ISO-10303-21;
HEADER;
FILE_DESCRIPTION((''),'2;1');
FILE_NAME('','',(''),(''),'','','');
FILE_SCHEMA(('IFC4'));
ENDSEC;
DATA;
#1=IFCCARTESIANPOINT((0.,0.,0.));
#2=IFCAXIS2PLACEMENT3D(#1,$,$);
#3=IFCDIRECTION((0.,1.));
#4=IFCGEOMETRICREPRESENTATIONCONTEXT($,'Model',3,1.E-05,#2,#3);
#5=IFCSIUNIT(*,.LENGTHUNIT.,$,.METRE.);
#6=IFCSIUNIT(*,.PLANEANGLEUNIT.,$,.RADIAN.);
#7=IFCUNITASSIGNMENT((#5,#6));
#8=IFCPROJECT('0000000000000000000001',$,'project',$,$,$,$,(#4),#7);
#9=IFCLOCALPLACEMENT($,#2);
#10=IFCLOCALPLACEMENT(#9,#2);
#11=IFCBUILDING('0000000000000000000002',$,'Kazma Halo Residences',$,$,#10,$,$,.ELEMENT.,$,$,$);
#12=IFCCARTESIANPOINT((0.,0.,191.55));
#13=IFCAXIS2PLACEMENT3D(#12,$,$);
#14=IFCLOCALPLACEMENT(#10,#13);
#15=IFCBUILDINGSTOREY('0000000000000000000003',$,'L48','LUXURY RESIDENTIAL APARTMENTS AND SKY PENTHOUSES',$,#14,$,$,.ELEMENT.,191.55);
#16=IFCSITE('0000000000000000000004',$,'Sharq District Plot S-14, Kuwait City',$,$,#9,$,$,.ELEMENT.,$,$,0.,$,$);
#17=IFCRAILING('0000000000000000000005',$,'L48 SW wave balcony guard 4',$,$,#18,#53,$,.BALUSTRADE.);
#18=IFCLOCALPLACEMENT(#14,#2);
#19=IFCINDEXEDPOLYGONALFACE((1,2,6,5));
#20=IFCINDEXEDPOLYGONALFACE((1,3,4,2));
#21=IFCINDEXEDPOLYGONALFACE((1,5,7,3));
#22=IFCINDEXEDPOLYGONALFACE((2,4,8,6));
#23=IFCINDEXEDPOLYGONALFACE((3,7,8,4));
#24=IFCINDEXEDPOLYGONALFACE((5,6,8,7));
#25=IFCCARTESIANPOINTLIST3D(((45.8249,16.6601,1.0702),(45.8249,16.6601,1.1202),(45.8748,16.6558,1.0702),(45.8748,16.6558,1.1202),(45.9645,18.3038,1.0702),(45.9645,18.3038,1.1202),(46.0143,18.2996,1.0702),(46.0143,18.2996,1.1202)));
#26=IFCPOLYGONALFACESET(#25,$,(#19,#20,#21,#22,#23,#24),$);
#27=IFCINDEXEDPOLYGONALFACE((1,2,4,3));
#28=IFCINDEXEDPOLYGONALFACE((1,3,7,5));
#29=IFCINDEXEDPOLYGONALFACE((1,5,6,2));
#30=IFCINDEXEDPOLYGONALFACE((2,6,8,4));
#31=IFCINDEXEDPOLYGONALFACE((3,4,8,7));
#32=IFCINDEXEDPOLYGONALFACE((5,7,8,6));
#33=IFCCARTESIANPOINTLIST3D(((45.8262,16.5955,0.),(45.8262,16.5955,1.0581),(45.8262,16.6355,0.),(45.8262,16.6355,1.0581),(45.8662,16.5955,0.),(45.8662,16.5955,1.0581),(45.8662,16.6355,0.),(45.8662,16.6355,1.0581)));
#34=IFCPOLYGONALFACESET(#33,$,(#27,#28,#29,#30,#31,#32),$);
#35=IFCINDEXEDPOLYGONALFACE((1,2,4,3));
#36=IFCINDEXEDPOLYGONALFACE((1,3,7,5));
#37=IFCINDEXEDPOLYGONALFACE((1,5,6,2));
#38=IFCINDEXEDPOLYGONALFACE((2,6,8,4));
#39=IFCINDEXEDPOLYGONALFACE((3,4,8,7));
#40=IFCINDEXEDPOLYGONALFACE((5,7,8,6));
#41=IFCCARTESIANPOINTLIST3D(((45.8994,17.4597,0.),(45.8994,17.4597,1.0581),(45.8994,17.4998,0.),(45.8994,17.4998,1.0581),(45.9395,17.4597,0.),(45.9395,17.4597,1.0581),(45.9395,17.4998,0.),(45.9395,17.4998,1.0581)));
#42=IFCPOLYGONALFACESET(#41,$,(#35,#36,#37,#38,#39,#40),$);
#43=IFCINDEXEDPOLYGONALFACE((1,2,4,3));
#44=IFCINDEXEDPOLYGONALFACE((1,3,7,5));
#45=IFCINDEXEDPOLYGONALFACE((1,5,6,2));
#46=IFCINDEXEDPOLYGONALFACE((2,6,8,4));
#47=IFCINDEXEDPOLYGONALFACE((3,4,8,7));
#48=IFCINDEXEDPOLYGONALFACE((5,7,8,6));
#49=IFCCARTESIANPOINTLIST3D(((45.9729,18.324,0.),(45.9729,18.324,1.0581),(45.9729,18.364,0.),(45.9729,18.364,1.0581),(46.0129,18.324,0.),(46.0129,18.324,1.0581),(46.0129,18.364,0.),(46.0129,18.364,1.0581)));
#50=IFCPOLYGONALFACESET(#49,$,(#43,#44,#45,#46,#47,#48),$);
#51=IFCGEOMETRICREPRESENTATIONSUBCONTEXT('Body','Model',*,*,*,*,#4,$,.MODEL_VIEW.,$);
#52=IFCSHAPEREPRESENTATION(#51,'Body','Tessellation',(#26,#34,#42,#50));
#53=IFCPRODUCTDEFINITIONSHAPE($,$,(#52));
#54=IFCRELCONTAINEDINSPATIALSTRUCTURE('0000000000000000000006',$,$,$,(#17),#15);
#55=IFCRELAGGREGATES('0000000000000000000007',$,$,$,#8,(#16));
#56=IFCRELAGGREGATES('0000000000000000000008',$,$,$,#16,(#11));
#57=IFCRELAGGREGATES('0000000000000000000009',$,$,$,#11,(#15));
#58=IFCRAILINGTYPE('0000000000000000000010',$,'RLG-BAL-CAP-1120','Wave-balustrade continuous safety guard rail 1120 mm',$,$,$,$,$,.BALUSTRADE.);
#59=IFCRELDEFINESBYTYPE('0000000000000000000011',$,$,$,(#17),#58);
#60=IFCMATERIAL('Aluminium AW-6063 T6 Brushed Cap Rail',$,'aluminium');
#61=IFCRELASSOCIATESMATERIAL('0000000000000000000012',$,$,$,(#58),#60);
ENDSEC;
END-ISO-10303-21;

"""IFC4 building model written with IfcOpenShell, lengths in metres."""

from ifc_helpers import new_model, si_unit, direction, frame, origin, origin_2d, place, context, subcontext, project, spatial, rectangle, extrude, material, type_object, element, save


model = new_model("IFC4")

# Units and contexts
model_context = context("Model", 3, precision=1e-05, world=origin(), true_north=direction((0.0, 1.0)))
body_context = subcontext(model_context, "Body", "Model", "MODEL_VIEW")
ifc_project = project(units=[si_unit("LENGTHUNIT", "METRE"), si_unit("PLANEANGLEUNIT", "RADIAN")], contexts=[model_context])

# Site, building, storey
site_placement = place(None, origin())
site = spatial("IfcSite", under=ifc_project, at=site_placement, Name="Sharq District Plot S-14, Kuwait City", CompositionType="ELEMENT", RefElevation=0.0)
building_placement = place(site_placement, origin())
building = spatial("IfcBuilding", under=site, at=building_placement, Name="Kazma Halo Residences", CompositionType="ELEMENT")
storey_placement = place(building_placement, frame((0.0, 0.0, 191.55)))
storey = spatial("IfcBuildingStorey", under=building, at=storey_placement, Name="L48", Description="LUXURY RESIDENTIAL APARTMENTS AND SKY PENTHOUSES", CompositionType="ELEMENT", Elevation=191.55)

# Railing
ifc_material_1 = material(Name="Aluminium AW-6063 T6 Brushed Cap Rail", Category="aluminium")
railing_type = type_object("IfcRailingType", Name="RLG-BAL-CAP-1120", Description="Wave-balustrade continuous safety guard rail 1120 mm", PredefinedType="BALUSTRADE", material=ifc_material_1)
railing_1_placement = place(storey_placement, frame((45.8462, 16.6155, 0.0)))
element("IfcRailing", 1, at=railing_1_placement, inside=storey, type_object=railing_type, Name="L48 SW wave balcony guard 4", PredefinedType="BALUSTRADE", context=body_context, shape_type="SweptSolid", body=[
    extrude(rectangle(XDim=0.05, YDim=0.05, at=origin_2d()), frame((0.0037, 0.0425, 1.0952), z_axis=(0.084583, 0.996416, 0.0), x_axis=(-0.996416, 0.084583, 0.0)), (0.0, 0.0, 1.0), 1.6497),
    extrude(rectangle(XDim=0.04, YDim=0.04, at=origin_2d()), origin(), (0.0, 0.0, 1.0), 1.0581),
    extrude(rectangle(XDim=0.04, YDim=0.04, at=origin_2d()), frame((0.0732, 0.8643, 0.0)), (0.0, 0.0, 1.0), 1.0581),
    extrude(rectangle(XDim=0.04, YDim=0.04, at=origin_2d()), frame((0.1467, 1.7285, 0.0)), (0.0, 0.0, 1.0), 1.0581),
])

save(model, "model.ifc")
